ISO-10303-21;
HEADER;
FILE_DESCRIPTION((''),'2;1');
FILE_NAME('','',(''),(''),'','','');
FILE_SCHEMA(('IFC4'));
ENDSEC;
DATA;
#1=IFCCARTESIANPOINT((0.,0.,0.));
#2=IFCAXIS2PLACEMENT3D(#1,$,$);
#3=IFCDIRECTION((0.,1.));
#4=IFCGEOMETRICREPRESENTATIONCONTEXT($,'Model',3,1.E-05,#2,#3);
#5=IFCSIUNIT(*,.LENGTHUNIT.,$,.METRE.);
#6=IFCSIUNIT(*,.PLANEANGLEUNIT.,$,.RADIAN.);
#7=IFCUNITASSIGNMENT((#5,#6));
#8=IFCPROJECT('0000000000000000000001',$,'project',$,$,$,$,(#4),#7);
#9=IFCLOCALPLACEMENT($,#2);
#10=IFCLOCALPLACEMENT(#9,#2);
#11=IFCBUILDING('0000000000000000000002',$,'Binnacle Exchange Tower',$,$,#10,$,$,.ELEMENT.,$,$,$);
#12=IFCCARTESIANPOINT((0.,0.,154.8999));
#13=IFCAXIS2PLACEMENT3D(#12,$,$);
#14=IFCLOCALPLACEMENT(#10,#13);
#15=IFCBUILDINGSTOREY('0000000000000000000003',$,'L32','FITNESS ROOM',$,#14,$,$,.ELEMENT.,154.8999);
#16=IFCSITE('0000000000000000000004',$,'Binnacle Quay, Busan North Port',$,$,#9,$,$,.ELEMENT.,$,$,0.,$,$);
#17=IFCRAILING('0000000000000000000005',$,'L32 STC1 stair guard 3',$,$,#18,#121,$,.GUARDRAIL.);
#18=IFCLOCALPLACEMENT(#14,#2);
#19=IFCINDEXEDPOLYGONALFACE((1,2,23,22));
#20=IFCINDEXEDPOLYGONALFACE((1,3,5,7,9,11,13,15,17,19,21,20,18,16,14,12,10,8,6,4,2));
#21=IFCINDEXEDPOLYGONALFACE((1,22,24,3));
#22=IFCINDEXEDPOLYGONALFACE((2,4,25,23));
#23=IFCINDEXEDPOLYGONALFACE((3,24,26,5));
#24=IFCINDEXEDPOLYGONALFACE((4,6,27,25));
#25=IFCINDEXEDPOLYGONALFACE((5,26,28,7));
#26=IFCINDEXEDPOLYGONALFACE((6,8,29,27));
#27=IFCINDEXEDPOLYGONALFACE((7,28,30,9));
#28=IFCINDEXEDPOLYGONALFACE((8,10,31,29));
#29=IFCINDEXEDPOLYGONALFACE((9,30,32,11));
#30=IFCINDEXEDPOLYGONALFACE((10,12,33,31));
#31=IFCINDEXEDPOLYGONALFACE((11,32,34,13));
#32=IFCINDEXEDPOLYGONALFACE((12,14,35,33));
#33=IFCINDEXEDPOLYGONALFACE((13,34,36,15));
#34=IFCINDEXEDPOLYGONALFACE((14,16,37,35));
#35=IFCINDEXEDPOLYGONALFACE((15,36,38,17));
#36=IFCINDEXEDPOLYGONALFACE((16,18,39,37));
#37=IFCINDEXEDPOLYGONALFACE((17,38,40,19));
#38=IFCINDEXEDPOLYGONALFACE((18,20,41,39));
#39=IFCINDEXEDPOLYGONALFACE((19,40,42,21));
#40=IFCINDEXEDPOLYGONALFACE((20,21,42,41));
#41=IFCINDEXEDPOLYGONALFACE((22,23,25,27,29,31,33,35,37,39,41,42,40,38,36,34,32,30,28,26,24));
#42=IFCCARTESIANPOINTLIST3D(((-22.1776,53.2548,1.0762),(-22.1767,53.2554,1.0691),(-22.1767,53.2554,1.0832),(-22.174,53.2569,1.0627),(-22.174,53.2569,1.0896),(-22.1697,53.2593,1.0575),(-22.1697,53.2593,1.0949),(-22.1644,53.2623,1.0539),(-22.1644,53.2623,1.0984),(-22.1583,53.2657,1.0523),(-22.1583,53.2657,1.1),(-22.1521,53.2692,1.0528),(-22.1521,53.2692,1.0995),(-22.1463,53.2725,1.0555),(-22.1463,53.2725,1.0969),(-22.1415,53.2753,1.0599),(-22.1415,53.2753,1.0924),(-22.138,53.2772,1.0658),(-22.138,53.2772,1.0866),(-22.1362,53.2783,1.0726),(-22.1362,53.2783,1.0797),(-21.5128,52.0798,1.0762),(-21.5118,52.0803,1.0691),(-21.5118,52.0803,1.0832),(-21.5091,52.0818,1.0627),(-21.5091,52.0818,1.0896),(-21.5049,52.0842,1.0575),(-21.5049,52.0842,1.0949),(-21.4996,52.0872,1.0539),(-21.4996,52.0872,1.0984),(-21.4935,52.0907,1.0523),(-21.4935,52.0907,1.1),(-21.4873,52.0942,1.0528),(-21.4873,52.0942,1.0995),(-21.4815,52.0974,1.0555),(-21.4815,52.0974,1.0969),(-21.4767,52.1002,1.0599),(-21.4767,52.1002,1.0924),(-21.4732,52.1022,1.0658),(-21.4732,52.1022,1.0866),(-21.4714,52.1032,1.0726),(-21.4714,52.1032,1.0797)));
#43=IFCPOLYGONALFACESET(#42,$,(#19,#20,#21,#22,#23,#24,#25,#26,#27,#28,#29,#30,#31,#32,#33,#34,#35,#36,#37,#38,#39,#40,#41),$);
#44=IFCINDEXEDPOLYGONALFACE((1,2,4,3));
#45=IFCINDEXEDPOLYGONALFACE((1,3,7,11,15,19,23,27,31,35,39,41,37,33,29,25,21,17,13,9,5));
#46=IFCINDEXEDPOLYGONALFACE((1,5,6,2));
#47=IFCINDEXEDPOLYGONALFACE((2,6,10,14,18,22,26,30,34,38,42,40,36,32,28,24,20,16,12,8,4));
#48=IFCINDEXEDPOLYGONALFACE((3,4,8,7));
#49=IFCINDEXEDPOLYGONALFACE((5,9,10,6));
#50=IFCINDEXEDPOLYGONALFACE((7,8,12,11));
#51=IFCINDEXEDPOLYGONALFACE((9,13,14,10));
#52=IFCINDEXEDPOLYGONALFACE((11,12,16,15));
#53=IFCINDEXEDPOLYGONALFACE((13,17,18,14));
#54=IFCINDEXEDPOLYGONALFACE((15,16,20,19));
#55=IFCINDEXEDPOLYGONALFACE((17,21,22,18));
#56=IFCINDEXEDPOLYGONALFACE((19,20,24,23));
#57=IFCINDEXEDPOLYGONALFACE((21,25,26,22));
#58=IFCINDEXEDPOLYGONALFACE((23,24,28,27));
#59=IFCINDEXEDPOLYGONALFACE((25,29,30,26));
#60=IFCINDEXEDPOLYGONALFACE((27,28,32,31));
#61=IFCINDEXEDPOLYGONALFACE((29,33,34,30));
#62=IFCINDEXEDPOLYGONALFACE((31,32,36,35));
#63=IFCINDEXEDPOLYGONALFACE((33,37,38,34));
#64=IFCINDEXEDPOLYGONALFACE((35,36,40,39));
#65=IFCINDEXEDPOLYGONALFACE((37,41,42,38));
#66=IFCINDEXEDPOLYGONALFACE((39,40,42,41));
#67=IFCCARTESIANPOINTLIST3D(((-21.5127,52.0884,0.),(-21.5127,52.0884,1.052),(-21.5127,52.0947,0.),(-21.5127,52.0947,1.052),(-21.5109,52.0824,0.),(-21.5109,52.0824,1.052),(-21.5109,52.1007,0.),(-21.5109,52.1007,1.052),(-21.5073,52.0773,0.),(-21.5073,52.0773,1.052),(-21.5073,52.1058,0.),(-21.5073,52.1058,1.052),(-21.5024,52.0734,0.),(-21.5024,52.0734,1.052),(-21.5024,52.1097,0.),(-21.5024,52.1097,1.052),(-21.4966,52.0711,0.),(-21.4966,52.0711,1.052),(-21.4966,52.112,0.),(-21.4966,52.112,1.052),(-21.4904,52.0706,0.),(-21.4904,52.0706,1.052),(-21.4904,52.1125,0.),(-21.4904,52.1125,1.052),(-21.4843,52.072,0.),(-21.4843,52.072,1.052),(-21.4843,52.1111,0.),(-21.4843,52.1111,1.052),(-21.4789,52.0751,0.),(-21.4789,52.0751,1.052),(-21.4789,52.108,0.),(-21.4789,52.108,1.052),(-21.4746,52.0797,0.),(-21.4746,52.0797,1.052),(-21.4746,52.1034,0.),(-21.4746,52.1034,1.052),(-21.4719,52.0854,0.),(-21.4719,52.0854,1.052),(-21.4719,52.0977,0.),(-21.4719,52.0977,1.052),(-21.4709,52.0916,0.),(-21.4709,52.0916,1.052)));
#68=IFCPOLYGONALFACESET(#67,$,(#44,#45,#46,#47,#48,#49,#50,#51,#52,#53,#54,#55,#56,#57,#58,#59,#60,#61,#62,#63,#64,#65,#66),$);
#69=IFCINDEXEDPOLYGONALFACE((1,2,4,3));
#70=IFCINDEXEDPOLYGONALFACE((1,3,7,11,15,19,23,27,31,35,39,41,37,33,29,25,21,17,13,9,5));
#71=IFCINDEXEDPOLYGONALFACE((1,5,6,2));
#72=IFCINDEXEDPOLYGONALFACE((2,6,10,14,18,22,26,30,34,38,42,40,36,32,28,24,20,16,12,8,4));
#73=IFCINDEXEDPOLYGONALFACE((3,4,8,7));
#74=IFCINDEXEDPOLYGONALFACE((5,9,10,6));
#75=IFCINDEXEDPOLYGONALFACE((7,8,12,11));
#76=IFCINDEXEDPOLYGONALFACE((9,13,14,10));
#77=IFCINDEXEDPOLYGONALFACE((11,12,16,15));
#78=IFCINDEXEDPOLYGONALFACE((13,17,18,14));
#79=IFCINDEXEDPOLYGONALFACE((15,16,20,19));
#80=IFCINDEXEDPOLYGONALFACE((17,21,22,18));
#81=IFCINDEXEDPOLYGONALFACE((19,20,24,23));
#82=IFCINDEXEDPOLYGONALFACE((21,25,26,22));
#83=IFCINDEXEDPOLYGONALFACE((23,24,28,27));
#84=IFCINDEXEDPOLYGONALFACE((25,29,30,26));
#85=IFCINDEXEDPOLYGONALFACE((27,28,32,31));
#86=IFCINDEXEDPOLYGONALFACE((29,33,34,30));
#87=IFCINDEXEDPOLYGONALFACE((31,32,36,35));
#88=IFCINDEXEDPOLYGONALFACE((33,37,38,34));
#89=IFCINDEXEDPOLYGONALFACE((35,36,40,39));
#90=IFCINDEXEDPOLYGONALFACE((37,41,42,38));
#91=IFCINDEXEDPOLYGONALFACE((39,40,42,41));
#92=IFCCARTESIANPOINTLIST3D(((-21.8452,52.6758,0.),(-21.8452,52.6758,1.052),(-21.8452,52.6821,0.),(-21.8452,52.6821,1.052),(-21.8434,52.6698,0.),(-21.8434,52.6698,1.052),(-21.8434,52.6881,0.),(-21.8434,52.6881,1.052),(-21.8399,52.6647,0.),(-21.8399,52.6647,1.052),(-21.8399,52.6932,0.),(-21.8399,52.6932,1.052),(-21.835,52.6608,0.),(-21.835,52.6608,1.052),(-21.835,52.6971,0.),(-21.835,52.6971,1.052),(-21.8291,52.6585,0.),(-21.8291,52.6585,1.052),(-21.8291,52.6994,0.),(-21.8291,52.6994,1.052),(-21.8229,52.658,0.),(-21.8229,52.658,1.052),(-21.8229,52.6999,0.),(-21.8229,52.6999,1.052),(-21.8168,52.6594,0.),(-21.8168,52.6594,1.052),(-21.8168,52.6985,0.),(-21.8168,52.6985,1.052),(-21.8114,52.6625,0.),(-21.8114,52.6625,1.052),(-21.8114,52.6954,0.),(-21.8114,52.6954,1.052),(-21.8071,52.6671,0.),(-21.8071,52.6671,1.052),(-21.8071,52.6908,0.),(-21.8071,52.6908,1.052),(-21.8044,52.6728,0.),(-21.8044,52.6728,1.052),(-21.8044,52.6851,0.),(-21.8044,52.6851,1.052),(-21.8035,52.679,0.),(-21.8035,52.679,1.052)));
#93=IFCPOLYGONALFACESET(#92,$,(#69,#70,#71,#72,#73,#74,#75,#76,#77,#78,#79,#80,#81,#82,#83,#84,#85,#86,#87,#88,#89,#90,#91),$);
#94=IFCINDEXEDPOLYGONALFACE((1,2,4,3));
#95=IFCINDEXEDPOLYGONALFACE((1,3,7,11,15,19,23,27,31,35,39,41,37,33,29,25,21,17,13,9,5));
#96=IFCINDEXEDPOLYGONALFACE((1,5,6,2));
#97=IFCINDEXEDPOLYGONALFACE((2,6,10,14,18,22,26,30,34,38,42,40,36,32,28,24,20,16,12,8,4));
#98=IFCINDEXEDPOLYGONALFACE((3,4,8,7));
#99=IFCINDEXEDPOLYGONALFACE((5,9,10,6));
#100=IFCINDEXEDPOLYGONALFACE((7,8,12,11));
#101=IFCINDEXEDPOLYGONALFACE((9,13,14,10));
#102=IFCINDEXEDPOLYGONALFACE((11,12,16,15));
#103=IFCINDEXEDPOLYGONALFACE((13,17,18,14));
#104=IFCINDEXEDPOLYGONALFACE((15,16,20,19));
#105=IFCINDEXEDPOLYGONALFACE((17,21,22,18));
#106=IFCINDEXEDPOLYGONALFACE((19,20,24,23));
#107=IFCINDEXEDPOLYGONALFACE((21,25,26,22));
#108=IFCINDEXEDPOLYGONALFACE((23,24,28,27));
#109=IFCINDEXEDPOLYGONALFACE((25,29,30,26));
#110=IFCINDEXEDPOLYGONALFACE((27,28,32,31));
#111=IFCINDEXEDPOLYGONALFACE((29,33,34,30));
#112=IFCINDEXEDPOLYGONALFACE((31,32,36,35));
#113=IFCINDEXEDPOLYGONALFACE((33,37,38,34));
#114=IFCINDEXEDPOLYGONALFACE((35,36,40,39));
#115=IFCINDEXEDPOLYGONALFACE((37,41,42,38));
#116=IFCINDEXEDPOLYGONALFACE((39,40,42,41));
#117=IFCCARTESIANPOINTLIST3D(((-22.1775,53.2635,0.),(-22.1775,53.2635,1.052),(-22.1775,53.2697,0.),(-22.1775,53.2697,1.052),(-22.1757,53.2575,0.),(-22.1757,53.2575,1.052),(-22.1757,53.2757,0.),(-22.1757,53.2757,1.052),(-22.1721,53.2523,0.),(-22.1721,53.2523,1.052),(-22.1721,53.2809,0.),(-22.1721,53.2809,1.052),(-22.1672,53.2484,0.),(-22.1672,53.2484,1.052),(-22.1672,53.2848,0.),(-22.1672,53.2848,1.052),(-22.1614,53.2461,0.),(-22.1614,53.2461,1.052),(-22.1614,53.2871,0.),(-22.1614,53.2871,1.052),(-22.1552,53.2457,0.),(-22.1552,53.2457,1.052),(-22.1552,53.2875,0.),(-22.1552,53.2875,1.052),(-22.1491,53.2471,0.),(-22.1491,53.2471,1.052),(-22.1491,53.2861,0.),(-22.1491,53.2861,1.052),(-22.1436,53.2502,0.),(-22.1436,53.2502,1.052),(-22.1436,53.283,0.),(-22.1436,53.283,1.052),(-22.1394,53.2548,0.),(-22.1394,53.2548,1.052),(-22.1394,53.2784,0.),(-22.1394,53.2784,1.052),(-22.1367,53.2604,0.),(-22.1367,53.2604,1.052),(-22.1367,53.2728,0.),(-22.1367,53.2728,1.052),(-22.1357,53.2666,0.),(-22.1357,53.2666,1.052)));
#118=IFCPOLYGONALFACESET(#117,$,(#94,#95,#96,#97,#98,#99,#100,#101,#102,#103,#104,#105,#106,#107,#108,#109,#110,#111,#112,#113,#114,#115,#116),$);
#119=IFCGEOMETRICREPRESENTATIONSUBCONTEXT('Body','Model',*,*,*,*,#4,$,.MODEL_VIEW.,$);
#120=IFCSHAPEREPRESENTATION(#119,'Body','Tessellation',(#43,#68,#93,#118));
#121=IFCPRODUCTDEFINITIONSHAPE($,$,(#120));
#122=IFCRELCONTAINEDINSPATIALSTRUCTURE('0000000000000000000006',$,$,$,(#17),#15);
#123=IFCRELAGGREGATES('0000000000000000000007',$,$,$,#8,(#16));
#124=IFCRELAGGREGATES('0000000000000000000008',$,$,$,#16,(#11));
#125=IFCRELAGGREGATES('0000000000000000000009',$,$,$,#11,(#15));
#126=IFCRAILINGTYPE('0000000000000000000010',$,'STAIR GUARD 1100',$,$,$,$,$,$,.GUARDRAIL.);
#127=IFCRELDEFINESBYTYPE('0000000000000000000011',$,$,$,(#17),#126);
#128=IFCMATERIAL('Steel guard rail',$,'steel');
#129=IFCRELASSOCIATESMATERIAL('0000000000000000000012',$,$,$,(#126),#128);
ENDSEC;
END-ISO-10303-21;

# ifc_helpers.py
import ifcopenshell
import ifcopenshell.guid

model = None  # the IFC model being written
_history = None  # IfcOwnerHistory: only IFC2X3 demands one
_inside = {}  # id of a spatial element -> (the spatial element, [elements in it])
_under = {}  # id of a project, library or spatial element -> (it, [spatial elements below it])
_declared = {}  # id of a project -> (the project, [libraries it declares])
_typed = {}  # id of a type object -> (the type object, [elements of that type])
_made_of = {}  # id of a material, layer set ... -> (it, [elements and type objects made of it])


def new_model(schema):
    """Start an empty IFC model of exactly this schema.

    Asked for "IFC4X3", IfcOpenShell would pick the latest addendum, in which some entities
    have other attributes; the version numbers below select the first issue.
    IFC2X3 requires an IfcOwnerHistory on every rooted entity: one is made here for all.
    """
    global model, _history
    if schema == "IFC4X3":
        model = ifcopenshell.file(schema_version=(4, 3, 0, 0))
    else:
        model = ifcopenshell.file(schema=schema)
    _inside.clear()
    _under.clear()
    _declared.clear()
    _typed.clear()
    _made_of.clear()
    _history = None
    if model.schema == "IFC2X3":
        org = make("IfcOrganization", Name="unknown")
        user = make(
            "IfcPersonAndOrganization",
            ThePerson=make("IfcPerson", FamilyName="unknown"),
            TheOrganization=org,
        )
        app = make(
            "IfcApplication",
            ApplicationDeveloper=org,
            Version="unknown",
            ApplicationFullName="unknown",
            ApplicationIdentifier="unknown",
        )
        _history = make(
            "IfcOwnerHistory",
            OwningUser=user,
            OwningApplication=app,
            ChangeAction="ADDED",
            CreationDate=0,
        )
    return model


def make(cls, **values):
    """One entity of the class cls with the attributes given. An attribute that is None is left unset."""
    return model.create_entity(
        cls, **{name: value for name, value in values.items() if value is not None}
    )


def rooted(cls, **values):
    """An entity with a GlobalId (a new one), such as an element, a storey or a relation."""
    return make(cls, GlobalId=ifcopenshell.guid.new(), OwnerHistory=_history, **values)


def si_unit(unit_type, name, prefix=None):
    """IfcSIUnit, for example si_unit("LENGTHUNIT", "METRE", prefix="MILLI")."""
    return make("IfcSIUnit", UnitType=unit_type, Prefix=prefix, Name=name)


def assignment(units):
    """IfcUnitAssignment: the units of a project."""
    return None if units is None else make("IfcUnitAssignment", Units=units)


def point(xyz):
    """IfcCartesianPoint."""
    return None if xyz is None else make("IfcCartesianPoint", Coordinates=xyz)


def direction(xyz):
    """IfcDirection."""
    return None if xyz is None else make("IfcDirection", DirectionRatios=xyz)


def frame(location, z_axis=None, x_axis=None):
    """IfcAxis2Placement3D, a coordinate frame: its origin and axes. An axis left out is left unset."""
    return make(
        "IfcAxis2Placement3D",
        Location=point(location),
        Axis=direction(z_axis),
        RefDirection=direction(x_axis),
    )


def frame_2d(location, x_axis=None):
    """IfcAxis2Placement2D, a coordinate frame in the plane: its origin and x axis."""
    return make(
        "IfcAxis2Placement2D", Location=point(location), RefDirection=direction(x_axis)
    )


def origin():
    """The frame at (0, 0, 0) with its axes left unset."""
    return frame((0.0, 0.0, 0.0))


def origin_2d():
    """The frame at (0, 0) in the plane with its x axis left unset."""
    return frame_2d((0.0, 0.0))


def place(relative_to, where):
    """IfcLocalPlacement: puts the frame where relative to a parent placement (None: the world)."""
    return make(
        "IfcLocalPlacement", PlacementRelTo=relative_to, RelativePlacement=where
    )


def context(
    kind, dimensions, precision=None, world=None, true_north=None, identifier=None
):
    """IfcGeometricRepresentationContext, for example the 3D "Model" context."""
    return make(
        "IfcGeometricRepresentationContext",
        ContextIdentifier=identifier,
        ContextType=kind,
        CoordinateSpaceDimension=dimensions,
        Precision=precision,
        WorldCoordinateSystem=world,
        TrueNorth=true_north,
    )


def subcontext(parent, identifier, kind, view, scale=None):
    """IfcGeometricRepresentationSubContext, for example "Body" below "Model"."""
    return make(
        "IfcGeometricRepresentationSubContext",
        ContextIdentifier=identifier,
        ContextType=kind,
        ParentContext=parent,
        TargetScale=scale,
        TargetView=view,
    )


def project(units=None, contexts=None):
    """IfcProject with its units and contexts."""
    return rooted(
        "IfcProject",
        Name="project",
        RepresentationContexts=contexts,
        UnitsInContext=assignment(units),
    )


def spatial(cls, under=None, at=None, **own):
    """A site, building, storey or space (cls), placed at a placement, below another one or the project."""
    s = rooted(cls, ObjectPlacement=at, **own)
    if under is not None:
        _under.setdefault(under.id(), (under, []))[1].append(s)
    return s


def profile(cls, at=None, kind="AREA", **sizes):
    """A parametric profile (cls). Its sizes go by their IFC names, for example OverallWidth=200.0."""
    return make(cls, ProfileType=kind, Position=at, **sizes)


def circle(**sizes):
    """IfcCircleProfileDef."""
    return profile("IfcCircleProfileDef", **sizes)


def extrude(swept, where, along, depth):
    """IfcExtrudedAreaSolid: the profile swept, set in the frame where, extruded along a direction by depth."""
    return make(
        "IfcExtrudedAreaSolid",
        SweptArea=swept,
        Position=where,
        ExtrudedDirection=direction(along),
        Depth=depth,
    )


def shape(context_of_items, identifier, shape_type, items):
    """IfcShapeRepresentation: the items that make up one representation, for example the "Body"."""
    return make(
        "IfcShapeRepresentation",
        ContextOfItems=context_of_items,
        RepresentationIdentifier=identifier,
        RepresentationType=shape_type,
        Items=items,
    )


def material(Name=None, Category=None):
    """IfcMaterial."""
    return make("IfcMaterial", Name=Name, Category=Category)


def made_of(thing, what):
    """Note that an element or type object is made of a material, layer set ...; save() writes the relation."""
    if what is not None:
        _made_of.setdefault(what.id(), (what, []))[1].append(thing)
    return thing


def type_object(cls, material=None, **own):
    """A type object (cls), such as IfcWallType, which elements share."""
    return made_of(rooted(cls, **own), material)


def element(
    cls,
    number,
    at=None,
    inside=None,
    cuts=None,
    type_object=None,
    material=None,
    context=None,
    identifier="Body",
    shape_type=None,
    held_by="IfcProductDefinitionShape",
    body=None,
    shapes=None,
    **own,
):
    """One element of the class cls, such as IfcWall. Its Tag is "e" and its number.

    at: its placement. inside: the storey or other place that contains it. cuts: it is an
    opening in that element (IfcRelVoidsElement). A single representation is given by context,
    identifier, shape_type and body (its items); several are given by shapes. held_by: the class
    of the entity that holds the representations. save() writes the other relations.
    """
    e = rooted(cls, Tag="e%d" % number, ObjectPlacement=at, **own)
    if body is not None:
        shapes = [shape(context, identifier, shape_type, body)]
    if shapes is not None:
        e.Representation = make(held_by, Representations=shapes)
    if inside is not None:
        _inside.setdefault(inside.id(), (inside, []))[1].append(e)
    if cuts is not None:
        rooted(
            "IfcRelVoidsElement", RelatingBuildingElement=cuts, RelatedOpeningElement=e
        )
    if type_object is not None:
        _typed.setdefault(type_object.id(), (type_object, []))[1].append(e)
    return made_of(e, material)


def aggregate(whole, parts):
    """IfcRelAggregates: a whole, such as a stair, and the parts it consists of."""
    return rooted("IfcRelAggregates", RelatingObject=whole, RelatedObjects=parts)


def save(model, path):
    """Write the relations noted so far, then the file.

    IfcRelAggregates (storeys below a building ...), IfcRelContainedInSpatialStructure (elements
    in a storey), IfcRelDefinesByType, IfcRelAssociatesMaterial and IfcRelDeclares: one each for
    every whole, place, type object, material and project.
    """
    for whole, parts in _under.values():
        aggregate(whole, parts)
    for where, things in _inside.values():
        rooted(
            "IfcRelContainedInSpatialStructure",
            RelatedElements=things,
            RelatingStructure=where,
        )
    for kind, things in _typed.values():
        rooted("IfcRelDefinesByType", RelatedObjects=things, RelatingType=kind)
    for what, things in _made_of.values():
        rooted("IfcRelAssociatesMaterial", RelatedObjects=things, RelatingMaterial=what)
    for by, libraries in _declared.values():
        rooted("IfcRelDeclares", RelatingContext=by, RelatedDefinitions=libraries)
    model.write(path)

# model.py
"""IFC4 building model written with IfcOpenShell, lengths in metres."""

from ifc_helpers import new_model, si_unit, direction, frame, origin, origin_2d, place, context, subcontext, project, spatial, circle, extrude, material, type_object, element, save


model = new_model("IFC4")

# Units and contexts
model_context = context("Model", 3, precision=1e-05, world=origin(), true_north=direction((0.0, 1.0)))
body_context = subcontext(model_context, "Body", "Model", "MODEL_VIEW")
ifc_project = project(units=[si_unit("LENGTHUNIT", "METRE"), si_unit("PLANEANGLEUNIT", "RADIAN")], contexts=[model_context])

# Site, building, storey
site_placement = place(None, origin())
site = spatial("IfcSite", under=ifc_project, at=site_placement, Name="Binnacle Quay, Busan North Port", CompositionType="ELEMENT", RefElevation=0.0)
building_placement = place(site_placement, origin())
building = spatial("IfcBuilding", under=site, at=building_placement, Name="Binnacle Exchange Tower", CompositionType="ELEMENT")
storey_placement = place(building_placement, frame((0.0, 0.0, 154.8999)))
storey = spatial("IfcBuildingStorey", under=building, at=storey_placement, Name="L32", Description="FITNESS ROOM", CompositionType="ELEMENT", Elevation=154.8999)

# Railing
ifc_material_1 = material(Name="Steel guard rail", Category="steel")
railing_type_1 = type_object("IfcRailingType", Name="STAIR GUARD 1100", PredefinedType="GUARDRAIL", material=ifc_material_1)
railing_1_placement = place(storey_placement, frame((-21.4919, 52.0916, 0.0)))
element("IfcRailing", 1, at=railing_1_placement, inside=storey, type_object=railing_type_1, Name="L32 STC1 stair guard 3", PredefinedType="GUARDRAIL", context=body_context, shape_type="SweptSolid", body=[
    extrude(circle(Radius=0.0239, at=origin_2d()), frame((0.0, 0.0, 1.0762), z_axis=(-0.492415, 0.870361, 0.0), x_axis=(-0.870361, -0.492415, 0.0)), (0.0, 0.0, 1.0), 1.3501),
    extrude(circle(Radius=0.021, at=origin_2d()), origin(), (0.0, 0.0, 1.0), 1.052),
    extrude(circle(Radius=0.021, at=origin_2d()), frame((-0.3325, 0.5874, 0.0)), (0.0, 0.0, 1.0), 1.052),
    extrude(circle(Radius=0.021, at=origin_2d()), frame((-0.6648, 1.175, 0.0)), (0.0, 0.0, 1.0), 1.052),
])

save(model, "model.ifc")
